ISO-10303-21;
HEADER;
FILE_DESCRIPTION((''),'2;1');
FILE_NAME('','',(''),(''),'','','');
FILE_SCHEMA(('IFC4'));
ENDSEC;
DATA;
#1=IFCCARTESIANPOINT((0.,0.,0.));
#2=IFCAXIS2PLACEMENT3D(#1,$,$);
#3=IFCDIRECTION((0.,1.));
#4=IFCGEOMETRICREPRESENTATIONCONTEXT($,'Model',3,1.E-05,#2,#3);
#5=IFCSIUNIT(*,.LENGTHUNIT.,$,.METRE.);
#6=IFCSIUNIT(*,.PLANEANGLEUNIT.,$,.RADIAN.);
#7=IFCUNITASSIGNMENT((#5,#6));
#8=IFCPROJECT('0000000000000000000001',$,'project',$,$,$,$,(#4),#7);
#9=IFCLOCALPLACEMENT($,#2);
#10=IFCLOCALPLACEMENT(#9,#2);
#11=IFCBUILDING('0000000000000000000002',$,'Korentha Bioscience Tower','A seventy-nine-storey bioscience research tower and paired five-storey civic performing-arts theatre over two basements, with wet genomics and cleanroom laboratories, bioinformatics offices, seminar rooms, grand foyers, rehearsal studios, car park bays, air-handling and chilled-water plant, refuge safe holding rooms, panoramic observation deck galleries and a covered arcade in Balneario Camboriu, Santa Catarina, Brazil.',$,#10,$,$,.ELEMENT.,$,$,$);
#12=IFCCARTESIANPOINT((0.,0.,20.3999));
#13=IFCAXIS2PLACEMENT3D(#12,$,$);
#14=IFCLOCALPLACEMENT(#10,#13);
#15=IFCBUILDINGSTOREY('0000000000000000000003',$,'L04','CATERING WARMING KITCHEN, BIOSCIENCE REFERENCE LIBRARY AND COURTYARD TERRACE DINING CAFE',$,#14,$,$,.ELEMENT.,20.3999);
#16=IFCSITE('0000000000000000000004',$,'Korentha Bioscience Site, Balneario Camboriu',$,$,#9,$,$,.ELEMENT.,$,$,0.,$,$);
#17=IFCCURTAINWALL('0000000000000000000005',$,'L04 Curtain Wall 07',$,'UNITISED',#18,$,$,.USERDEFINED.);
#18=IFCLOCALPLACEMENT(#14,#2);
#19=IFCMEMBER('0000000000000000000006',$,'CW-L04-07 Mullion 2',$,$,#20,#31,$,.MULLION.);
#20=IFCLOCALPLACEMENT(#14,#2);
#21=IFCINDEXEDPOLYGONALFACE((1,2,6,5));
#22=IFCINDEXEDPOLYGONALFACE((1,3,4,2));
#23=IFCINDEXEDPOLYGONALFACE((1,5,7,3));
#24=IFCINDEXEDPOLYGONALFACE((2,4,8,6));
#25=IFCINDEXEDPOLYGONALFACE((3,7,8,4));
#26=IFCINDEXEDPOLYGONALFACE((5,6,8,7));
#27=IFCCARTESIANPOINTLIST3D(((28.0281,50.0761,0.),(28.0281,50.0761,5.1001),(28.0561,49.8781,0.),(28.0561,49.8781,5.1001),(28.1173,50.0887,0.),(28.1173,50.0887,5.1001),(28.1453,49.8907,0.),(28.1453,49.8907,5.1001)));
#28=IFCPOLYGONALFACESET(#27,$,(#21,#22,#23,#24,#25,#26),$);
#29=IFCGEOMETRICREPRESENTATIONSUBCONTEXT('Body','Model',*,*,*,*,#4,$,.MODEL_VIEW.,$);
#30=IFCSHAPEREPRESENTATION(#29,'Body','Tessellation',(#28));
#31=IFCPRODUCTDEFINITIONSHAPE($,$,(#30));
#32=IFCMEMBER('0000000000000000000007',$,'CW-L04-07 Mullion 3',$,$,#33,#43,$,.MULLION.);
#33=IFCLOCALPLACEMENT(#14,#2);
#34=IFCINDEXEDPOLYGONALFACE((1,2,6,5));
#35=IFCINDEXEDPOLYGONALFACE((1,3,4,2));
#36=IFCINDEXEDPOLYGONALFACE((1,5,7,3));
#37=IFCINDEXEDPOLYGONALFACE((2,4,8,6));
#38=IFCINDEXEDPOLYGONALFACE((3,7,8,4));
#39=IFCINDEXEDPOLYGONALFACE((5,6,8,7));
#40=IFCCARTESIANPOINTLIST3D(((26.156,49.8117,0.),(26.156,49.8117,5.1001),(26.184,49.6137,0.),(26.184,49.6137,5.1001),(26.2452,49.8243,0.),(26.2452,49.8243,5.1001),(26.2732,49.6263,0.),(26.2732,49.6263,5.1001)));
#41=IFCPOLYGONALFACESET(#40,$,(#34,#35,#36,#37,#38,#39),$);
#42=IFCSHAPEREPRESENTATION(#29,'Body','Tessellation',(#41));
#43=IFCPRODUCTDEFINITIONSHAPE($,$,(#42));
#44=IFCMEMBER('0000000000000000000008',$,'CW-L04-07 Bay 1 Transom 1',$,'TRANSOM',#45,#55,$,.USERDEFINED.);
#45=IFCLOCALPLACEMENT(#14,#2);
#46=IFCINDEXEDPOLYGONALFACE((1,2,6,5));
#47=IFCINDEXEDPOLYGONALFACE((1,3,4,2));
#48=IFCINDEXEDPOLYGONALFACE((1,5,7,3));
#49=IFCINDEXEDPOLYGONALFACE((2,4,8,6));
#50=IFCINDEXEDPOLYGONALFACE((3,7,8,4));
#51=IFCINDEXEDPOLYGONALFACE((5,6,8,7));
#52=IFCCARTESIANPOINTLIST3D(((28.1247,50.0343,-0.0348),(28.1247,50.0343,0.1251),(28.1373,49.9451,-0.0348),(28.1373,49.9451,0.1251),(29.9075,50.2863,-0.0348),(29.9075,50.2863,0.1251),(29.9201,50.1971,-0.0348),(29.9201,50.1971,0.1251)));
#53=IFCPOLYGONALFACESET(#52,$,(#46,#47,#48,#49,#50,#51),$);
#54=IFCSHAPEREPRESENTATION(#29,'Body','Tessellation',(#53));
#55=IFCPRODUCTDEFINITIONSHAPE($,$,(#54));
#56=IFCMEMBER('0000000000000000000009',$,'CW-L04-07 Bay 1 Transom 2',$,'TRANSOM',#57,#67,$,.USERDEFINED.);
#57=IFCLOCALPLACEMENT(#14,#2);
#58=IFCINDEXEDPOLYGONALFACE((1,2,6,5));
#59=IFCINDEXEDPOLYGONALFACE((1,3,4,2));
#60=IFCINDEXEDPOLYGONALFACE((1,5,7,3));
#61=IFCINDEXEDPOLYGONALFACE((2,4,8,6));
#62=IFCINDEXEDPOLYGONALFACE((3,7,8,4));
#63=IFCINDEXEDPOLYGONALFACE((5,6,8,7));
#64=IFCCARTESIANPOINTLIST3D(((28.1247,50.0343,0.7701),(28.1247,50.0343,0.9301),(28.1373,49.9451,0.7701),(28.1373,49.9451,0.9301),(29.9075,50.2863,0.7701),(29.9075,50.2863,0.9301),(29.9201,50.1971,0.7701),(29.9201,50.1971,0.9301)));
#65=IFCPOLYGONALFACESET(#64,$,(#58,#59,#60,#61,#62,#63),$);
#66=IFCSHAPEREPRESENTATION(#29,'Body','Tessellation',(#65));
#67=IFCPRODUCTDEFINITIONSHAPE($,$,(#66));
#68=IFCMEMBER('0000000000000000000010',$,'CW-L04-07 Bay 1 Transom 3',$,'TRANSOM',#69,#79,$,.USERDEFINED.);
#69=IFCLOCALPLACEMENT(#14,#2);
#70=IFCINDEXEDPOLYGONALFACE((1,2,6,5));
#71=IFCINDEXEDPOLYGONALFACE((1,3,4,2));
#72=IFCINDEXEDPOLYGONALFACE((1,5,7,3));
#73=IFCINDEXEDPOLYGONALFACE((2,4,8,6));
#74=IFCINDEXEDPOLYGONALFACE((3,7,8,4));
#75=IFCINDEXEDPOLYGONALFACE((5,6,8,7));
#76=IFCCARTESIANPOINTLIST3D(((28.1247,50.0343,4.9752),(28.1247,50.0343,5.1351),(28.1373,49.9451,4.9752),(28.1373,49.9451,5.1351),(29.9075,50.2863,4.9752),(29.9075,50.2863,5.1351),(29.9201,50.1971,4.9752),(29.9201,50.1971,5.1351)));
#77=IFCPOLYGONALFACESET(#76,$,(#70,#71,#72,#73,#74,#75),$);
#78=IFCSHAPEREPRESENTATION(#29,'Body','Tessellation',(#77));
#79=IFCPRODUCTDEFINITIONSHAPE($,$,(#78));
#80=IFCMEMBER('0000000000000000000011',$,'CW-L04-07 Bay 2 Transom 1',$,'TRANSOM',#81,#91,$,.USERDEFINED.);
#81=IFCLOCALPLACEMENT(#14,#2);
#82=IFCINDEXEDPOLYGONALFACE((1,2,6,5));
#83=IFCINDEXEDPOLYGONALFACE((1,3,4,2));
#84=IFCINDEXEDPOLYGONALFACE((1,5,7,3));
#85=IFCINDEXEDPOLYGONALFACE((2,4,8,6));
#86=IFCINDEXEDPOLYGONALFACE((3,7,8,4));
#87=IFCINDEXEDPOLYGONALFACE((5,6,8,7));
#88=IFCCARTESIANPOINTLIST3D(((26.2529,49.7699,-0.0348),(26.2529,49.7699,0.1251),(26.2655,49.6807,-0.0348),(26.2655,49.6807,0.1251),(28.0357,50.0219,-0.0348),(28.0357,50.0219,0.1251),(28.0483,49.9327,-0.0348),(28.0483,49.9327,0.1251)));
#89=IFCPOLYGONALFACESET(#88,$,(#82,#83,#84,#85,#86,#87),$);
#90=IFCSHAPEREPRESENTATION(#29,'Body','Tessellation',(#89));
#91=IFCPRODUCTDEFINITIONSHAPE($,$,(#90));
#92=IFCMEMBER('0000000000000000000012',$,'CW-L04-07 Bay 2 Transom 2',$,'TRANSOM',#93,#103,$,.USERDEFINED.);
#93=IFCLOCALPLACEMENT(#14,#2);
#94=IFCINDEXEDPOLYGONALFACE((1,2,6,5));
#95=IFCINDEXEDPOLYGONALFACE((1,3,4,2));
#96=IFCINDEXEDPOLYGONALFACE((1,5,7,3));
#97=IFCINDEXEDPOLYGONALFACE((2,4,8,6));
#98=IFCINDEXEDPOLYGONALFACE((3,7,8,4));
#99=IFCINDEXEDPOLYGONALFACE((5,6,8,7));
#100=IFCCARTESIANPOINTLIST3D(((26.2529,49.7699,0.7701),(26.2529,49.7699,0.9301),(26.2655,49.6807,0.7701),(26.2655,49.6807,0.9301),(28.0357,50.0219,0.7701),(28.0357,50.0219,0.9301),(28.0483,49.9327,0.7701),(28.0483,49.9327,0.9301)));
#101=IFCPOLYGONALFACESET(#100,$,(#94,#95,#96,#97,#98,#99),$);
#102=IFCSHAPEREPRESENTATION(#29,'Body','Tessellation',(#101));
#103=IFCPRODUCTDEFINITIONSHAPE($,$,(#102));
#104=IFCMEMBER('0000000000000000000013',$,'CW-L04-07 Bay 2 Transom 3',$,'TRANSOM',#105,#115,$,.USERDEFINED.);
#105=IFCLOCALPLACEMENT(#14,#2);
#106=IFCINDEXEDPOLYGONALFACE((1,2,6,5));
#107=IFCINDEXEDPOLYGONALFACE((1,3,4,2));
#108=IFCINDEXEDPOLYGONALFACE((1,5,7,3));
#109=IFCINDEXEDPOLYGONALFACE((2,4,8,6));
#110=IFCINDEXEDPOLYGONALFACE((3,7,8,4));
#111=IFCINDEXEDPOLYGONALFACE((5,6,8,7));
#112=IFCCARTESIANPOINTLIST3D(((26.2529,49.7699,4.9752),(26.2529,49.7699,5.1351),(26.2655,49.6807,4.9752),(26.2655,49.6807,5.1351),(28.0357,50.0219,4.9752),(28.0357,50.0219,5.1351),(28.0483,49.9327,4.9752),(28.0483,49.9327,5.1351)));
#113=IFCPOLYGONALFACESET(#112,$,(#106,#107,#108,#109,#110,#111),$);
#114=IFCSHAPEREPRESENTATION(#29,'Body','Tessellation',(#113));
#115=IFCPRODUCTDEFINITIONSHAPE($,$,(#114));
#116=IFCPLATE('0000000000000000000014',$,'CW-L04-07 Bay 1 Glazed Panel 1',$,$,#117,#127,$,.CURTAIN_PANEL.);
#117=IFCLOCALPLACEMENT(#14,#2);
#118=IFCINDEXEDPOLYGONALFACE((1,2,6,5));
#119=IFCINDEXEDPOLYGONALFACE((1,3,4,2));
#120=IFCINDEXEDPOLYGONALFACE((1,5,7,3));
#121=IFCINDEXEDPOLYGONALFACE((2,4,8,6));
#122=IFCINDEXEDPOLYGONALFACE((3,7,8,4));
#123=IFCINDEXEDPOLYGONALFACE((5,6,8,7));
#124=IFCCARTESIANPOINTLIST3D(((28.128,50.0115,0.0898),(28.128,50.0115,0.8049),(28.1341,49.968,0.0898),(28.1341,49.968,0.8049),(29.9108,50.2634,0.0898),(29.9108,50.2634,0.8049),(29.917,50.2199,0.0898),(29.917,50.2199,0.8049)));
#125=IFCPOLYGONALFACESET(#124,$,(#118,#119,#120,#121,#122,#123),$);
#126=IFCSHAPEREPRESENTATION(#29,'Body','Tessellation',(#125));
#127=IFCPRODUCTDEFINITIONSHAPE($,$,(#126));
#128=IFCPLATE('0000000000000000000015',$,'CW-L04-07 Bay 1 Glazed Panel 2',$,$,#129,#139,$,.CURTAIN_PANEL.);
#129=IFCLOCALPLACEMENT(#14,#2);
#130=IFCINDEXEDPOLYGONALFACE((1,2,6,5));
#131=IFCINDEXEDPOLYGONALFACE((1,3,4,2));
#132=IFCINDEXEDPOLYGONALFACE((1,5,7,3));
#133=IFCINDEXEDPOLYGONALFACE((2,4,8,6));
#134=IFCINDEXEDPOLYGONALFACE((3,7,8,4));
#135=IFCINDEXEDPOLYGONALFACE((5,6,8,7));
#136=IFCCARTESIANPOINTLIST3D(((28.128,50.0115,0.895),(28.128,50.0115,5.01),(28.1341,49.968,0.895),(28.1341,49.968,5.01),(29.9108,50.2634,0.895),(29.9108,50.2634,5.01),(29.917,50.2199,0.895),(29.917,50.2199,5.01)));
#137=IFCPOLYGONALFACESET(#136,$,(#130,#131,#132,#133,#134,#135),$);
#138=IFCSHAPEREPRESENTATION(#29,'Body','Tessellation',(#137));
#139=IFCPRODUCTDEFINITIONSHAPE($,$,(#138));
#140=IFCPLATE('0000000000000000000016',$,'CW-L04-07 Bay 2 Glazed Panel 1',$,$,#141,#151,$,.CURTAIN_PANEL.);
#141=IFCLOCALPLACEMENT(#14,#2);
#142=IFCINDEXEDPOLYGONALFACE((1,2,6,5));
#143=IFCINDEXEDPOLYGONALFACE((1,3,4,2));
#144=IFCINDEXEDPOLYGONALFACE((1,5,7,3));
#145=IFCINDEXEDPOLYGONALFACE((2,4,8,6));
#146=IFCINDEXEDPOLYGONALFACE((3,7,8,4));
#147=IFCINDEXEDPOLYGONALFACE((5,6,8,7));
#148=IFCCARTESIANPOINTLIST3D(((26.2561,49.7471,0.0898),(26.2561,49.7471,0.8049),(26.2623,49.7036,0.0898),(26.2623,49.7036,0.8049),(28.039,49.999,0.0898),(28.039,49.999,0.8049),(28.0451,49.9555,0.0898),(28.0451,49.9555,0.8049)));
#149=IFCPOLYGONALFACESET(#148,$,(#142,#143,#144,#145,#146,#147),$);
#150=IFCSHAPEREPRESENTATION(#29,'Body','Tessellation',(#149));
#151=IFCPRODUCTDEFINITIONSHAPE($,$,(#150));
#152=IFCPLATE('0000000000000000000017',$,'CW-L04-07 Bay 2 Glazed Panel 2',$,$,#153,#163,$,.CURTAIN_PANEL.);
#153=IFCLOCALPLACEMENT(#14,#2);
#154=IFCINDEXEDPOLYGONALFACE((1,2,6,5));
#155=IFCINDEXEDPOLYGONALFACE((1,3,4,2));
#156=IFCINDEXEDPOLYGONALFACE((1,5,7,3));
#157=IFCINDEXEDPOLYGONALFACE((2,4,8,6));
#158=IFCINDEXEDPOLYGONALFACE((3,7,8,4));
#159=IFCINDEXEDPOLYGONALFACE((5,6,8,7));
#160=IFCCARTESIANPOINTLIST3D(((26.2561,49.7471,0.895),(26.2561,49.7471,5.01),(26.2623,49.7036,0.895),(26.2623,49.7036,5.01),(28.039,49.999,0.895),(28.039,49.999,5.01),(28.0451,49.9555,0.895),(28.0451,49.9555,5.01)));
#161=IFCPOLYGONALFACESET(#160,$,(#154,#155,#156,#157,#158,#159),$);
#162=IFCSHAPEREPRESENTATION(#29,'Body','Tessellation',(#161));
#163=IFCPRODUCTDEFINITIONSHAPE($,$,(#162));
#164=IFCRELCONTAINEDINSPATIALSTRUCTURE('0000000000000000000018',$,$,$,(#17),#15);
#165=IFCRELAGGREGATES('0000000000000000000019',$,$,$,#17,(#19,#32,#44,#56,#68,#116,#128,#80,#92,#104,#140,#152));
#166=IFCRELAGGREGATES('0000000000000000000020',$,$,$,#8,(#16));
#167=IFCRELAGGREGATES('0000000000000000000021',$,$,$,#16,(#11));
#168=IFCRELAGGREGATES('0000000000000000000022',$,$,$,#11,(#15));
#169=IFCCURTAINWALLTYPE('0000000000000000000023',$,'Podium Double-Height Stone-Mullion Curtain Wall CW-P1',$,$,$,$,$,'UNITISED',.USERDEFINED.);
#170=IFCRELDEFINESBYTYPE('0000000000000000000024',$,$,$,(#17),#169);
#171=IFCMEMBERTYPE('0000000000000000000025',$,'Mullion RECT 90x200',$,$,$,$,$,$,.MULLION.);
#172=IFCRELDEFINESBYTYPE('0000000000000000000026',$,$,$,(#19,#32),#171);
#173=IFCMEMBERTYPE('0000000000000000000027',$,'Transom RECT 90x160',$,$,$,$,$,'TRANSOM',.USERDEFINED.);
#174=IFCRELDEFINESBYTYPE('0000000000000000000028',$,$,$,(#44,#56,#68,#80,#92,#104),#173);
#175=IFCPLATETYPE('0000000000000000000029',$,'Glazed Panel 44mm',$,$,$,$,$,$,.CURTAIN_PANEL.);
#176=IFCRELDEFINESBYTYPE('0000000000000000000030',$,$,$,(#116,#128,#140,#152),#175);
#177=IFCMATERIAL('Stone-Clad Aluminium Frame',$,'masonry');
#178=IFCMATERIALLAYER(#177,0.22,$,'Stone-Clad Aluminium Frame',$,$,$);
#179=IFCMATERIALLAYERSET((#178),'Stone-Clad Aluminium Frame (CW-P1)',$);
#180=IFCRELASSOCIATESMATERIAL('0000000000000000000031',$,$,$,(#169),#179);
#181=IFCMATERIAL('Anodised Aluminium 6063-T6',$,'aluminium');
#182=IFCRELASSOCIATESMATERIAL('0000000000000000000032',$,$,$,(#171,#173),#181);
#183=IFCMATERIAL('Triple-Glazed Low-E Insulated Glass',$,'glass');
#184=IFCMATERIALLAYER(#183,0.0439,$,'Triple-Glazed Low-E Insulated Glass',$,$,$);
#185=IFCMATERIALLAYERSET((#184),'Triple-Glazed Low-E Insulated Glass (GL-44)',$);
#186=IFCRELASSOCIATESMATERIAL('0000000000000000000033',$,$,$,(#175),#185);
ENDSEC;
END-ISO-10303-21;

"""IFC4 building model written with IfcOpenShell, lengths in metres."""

from ifc_helpers import new_model, si_unit, direction, frame, origin, origin_2d, place, context, subcontext, project, spatial, rectangle, extrude, material, layer, layer_set, material_profile, profile_set, type_object, element, aggregate, save


model = new_model("IFC4")

# Units and contexts
model_context = context("Model", 3, precision=1e-05, world=origin(), true_north=direction((0.0, 1.0)))
body_context = subcontext(model_context, "Body", "Model", "MODEL_VIEW")
ifc_project = project(units=[si_unit("LENGTHUNIT", "METRE"), si_unit("PLANEANGLEUNIT", "RADIAN")], contexts=[model_context])

# Site, building, storey
site_placement = place(None, origin())
site = spatial("IfcSite", under=ifc_project, at=site_placement, Name="Korentha Bioscience Site, Balneario Camboriu", CompositionType="ELEMENT", RefElevation=0.0)
building_placement = place(site_placement, origin())
building = spatial("IfcBuilding", under=site, at=building_placement, Name="Korentha Bioscience Tower", Description="A seventy-nine-storey bioscience research tower and paired five-storey civic performing-arts theatre over two basements, with wet genomics and cleanroom laboratories, bioinformatics offices, seminar rooms, grand foyers, rehearsal studios, car park bays, air-handling and chilled-water plant, refuge safe holding rooms, panoramic observation deck galleries and a covered arcade in Balneario Camboriu, Santa Catarina, Brazil.", CompositionType="ELEMENT")
storey_placement = place(building_placement, frame((0.0, 0.0, 20.3999)))
storey = spatial("IfcBuildingStorey", under=building, at=storey_placement, Name="L04", Description="CATERING WARMING KITCHEN, BIOSCIENCE REFERENCE LIBRARY AND COURTYARD TERRACE DINING CAFE", CompositionType="ELEMENT", Elevation=20.3999)

# Curtain wall, members, plates
ifc_material_1 = material(Name="Stone-Clad Aluminium Frame", Category="masonry")
ifc_layer_1 = layer(ifc_material_1, 0.22, Name="Stone-Clad Aluminium Frame")
ifc_layer_set_1 = layer_set([ifc_layer_1], Name="Stone-Clad Aluminium Frame (CW-P1)")
curtain_wall_type = type_object("IfcCurtainWallType", Name="Podium Double-Height Stone-Mullion Curtain Wall CW-P1", ElementType="UNITISED", PredefinedType="USERDEFINED", material=ifc_layer_set_1)
curtain_wall_placement = place(storey_placement, origin())
curtain_wall = element("IfcCurtainWall", 1, at=curtain_wall_placement, inside=storey, type_object=curtain_wall_type, Name="L04 Curtain Wall 07", ObjectType="UNITISED", PredefinedType="USERDEFINED")
ifc_material_2 = material(Name="Anodised Aluminium 6063-T6", Category="aluminium")
ifc_material_profile_1 = material_profile(ifc_material_2, rectangle(XDim=0.0901, YDim=0.2, at=origin_2d()), Name="Anodised Aluminium 6063-T6")
ifc_profile_set_1 = profile_set([ifc_material_profile_1], Name="Anodised Aluminium 6063-T6 (CW-MUL)")
member_type_1 = type_object("IfcMemberType", Name="Mullion RECT 90x200", PredefinedType="MULLION", material=ifc_profile_set_1)
member_1_placement = place(storey_placement, frame((28.0867, 49.9834, 0.0), z_axis=(0.0, 0.0, 1.0), x_axis=(-0.990167, -0.139888, 0.0)))
member_1 = element("IfcMember", 2, at=member_1_placement, type_object=member_type_1, Name="CW-L04-07 Mullion 2", PredefinedType="MULLION", context=body_context, shape_type="SweptSolid", body=[
    extrude(rectangle(XDim=0.0901, YDim=0.2, at=origin_2d()), origin(), (0.0, 0.0, 1.0), 5.1001),
])
member_2_placement = place(storey_placement, frame((26.2146, 49.719, 0.0), z_axis=(0.0, 0.0, 1.0), x_axis=(-0.990167, -0.139888, 0.0)))
member_2 = element("IfcMember", 3, at=member_2_placement, type_object=member_type_1, Name="CW-L04-07 Mullion 3", PredefinedType="MULLION", context=body_context, shape_type="SweptSolid", body=[
    extrude(rectangle(XDim=0.0901, YDim=0.2, at=origin_2d()), origin(), (0.0, 0.0, 1.0), 5.1001),
])
ifc_material_profile_2 = material_profile(ifc_material_2, rectangle(XDim=0.0901, YDim=0.1599, at=origin_2d()), Name="Anodised Aluminium 6063-T6")
ifc_profile_set_2 = profile_set([ifc_material_profile_2], Name="Anodised Aluminium 6063-T6 (CW-TRN)")
member_type_2 = type_object("IfcMemberType", Name="Transom RECT 90x160", ElementType="TRANSOM", PredefinedType="USERDEFINED", material=ifc_profile_set_2)
member_3_placement = place(storey_placement, frame((29.9138, 50.2417, 0.0452), z_axis=(-0.99016, -0.13994, 0.0), x_axis=(0.13994, -0.99016, 0.0)))
member_3 = element("IfcMember", 4, at=member_3_placement, type_object=member_type_2, Name="CW-L04-07 Bay 1 Transom 1", ObjectType="TRANSOM", PredefinedType="USERDEFINED", context=body_context, shape_type="SweptSolid", body=[
    extrude(rectangle(XDim=0.0901, YDim=0.1599, at=origin_2d()), origin(), (0.0, 0.0, 1.0), 1.8005),
])
member_4_placement = place(storey_placement, frame((29.9138, 50.2417, 0.8501), z_axis=(-0.99016, -0.13994, 0.0), x_axis=(0.13994, -0.99016, 0.0)))
member_4 = element("IfcMember", 5, at=member_4_placement, type_object=member_type_2, Name="CW-L04-07 Bay 1 Transom 2", ObjectType="TRANSOM", PredefinedType="USERDEFINED", context=body_context, shape_type="SweptSolid", body=[
    extrude(rectangle(XDim=0.0901, YDim=0.1599, at=origin_2d()), origin(), (0.0, 0.0, 1.0), 1.8005),
])
member_5_placement = place(storey_placement, frame((29.9138, 50.2417, 5.0552), z_axis=(-0.99016, -0.13994, 0.0), x_axis=(0.13994, -0.99016, 0.0)))
member_5 = element("IfcMember", 6, at=member_5_placement, type_object=member_type_2, Name="CW-L04-07 Bay 1 Transom 3", ObjectType="TRANSOM", PredefinedType="USERDEFINED", context=body_context, shape_type="SweptSolid", body=[
    extrude(rectangle(XDim=0.0901, YDim=0.1599, at=origin_2d()), origin(), (0.0, 0.0, 1.0), 1.8005),
])
member_6_placement = place(storey_placement, frame((28.042, 49.9773, 0.0452), z_axis=(-0.99016, -0.13994, 0.0), x_axis=(0.13994, -0.99016, 0.0)))
member_6 = element("IfcMember", 7, at=member_6_placement, type_object=member_type_2, Name="CW-L04-07 Bay 2 Transom 1", ObjectType="TRANSOM", PredefinedType="USERDEFINED", context=body_context, shape_type="SweptSolid", body=[
    extrude(rectangle(XDim=0.0901, YDim=0.1599, at=origin_2d()), origin(), (0.0, 0.0, 1.0), 1.8005),
])
member_7_placement = place(storey_placement, frame((28.042, 49.9773, 0.8501), z_axis=(-0.99016, -0.13994, 0.0), x_axis=(0.13994, -0.99016, 0.0)))
member_7 = element("IfcMember", 8, at=member_7_placement, type_object=member_type_2, Name="CW-L04-07 Bay 2 Transom 2", ObjectType="TRANSOM", PredefinedType="USERDEFINED", context=body_context, shape_type="SweptSolid", body=[
    extrude(rectangle(XDim=0.0901, YDim=0.1599, at=origin_2d()), origin(), (0.0, 0.0, 1.0), 1.8005),
])
member_8_placement = place(storey_placement, frame((28.042, 49.9773, 5.0552), z_axis=(-0.99016, -0.13994, 0.0), x_axis=(0.13994, -0.99016, 0.0)))
member_8 = element("IfcMember", 9, at=member_8_placement, type_object=member_type_2, Name="CW-L04-07 Bay 2 Transom 3", ObjectType="TRANSOM", PredefinedType="USERDEFINED", context=body_context, shape_type="SweptSolid", body=[
    extrude(rectangle(XDim=0.0901, YDim=0.1599, at=origin_2d()), origin(), (0.0, 0.0, 1.0), 1.8005),
])
ifc_material_3 = material(Name="Triple-Glazed Low-E Insulated Glass", Category="glass")
ifc_layer_2 = layer(ifc_material_3, 0.0439, Name="Triple-Glazed Low-E Insulated Glass")
ifc_layer_set_2 = layer_set([ifc_layer_2], Name="Triple-Glazed Low-E Insulated Glass (GL-44)")
plate_type = type_object("IfcPlateType", Name="Glazed Panel 44mm", PredefinedType="CURTAIN_PANEL", material=ifc_layer_set_2)
plate_1_placement = place(storey_placement, frame((29.0225, 50.1157, 0.0898), z_axis=(0.0, 0.0, 1.0), x_axis=(-0.990167, -0.139888, 0.0)))
plate_1 = element("IfcPlate", 10, at=plate_1_placement, type_object=plate_type, Name="CW-L04-07 Bay 1 Glazed Panel 1", PredefinedType="CURTAIN_PANEL", context=body_context, shape_type="SweptSolid", body=[
    extrude(rectangle(XDim=1.8005, YDim=0.0439, at=origin_2d()), origin(), (0.0, 0.0, 1.0), 0.7151),
])
plate_2_placement = place(storey_placement, frame((29.0225, 50.1157, 0.895), z_axis=(0.0, 0.0, 1.0), x_axis=(-0.990167, -0.139888, 0.0)))
plate_2 = element("IfcPlate", 11, at=plate_2_placement, type_object=plate_type, Name="CW-L04-07 Bay 1 Glazed Panel 2", PredefinedType="CURTAIN_PANEL", context=body_context, shape_type="SweptSolid", body=[
    extrude(rectangle(XDim=1.8005, YDim=0.0439, at=origin_2d()), origin(), (0.0, 0.0, 1.0), 4.115),
])
plate_3_placement = place(storey_placement, frame((27.1506, 49.8513, 0.0898), z_axis=(0.0, 0.0, 1.0), x_axis=(-0.990167, -0.139888, 0.0)))
plate_3 = element("IfcPlate", 12, at=plate_3_placement, type_object=plate_type, Name="CW-L04-07 Bay 2 Glazed Panel 1", PredefinedType="CURTAIN_PANEL", context=body_context, shape_type="SweptSolid", body=[
    extrude(rectangle(XDim=1.8005, YDim=0.0439, at=origin_2d()), origin(), (0.0, 0.0, 1.0), 0.7151),
])
plate_4_placement = place(storey_placement, frame((27.1506, 49.8513, 0.895), z_axis=(0.0, 0.0, 1.0), x_axis=(-0.990167, -0.139888, 0.0)))
plate_4 = element("IfcPlate", 13, at=plate_4_placement, type_object=plate_type, Name="CW-L04-07 Bay 2 Glazed Panel 2", PredefinedType="CURTAIN_PANEL", context=body_context, shape_type="SweptSolid", body=[
    extrude(rectangle(XDim=1.8005, YDim=0.0439, at=origin_2d()), origin(), (0.0, 0.0, 1.0), 4.115),
])
aggregate(curtain_wall, [member_1, member_2, member_3, member_4, member_5, plate_1, plate_2, member_6, member_7, member_8, plate_3, plate_4])

save(model, "model.ifc")
